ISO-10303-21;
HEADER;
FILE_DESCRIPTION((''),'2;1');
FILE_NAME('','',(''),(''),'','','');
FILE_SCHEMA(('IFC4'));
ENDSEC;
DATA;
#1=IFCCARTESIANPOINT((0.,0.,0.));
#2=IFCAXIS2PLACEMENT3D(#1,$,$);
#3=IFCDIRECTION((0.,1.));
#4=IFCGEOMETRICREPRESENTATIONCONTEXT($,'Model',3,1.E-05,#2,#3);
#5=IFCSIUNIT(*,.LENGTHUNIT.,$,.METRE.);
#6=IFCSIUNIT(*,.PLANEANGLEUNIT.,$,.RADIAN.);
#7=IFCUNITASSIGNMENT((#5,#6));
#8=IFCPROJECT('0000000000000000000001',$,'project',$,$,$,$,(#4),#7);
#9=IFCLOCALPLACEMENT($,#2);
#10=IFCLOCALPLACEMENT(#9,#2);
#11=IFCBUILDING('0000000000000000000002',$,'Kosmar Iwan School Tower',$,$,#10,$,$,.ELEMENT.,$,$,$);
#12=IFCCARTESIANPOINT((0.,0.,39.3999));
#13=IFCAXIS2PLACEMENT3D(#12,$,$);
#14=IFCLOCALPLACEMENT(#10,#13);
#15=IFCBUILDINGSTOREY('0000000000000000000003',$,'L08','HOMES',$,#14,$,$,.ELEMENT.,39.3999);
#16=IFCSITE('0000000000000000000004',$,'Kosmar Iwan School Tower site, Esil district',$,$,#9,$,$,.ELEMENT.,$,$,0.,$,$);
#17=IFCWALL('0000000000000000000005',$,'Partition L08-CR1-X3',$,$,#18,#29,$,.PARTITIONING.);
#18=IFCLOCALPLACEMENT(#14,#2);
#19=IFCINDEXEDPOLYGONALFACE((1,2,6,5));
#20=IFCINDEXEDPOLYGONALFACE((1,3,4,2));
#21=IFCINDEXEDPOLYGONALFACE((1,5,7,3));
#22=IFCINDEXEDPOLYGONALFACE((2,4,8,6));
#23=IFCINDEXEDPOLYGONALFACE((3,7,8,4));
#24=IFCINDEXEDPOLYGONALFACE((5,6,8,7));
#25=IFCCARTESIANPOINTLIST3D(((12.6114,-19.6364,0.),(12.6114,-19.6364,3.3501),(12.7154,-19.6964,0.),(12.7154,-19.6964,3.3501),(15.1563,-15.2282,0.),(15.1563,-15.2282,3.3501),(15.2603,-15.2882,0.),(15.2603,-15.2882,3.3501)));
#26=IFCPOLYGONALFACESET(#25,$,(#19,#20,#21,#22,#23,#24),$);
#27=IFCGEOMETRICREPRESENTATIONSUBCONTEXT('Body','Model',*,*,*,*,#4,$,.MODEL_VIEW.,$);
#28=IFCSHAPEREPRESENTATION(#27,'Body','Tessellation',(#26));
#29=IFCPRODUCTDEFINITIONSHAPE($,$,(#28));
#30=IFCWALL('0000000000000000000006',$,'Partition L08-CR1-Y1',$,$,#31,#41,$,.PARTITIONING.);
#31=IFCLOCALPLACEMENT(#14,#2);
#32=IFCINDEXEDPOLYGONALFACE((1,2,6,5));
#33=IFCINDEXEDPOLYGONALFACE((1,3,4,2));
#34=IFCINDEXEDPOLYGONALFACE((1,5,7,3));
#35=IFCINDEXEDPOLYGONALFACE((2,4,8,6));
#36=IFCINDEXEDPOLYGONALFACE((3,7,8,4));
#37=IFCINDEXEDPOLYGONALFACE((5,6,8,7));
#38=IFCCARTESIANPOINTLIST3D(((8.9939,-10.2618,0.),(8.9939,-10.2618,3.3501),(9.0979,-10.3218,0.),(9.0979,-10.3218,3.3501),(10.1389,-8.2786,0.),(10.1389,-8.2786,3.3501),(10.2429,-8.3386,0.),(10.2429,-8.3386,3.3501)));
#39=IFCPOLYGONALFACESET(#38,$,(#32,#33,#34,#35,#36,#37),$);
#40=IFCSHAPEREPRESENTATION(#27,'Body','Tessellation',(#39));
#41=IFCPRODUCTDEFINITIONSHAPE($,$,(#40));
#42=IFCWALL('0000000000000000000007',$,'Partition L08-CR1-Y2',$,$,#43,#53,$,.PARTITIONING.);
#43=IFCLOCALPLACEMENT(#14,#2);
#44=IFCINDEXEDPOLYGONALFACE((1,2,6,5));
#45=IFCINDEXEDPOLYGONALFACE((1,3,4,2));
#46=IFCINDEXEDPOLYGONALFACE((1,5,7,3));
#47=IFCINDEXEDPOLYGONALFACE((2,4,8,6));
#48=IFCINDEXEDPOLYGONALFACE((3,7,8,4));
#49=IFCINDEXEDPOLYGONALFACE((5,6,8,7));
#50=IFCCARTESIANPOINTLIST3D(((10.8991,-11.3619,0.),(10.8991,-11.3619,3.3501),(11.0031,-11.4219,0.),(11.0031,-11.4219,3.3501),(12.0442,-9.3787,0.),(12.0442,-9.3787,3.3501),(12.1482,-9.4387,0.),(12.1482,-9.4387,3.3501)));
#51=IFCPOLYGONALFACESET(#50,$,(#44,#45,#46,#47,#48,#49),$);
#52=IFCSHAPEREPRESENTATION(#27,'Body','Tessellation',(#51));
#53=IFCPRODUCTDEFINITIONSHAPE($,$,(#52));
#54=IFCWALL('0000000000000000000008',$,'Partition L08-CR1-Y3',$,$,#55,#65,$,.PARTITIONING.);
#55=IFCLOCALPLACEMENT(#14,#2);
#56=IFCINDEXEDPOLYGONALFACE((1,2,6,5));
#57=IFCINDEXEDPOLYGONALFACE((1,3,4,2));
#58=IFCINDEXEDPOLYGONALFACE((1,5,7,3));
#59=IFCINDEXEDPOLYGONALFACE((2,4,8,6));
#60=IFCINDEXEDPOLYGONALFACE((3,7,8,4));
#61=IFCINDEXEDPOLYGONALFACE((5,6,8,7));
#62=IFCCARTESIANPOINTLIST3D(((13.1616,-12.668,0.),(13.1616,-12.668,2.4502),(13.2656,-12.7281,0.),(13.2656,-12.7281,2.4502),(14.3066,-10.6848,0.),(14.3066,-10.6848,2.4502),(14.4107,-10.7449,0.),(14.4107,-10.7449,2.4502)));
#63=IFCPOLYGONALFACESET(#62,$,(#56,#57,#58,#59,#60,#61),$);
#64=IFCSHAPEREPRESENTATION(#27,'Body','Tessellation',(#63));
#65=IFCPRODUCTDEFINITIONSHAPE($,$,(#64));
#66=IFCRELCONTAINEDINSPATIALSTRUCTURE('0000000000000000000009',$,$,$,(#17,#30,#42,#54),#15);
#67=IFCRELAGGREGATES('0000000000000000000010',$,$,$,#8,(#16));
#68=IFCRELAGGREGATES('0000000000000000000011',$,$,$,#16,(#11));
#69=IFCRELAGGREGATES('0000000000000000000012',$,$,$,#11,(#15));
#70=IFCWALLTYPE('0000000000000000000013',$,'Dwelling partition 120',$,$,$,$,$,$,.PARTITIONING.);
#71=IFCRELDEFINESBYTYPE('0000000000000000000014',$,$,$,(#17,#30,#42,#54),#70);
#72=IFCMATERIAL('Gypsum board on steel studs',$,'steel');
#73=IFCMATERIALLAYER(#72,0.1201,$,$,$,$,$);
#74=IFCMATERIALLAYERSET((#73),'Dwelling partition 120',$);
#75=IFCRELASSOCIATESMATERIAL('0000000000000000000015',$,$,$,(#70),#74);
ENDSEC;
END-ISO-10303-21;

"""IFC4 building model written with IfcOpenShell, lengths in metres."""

from ifc_helpers import new_model, si_unit, direction, frame, frame_2d, origin, place, context, subcontext, project, spatial, rectangle, extrude, material, layer, layer_set, type_object, element, save


model = new_model("IFC4")

# Units and contexts
model_context = context("Model", 3, precision=1e-05, world=origin(), true_north=direction((0.0, 1.0)))
body_context = subcontext(model_context, "Body", "Model", "MODEL_VIEW")
ifc_project = project(units=[si_unit("LENGTHUNIT", "METRE"), si_unit("PLANEANGLEUNIT", "RADIAN")], contexts=[model_context])

# Site, building, storey
site_placement = place(None, origin())
site = spatial("IfcSite", under=ifc_project, at=site_placement, Name="Kosmar Iwan School Tower site, Esil district", CompositionType="ELEMENT", RefElevation=0.0)
building_placement = place(site_placement, origin())
building = spatial("IfcBuilding", under=site, at=building_placement, Name="Kosmar Iwan School Tower", CompositionType="ELEMENT")
storey_placement = place(building_placement, frame((0.0, 0.0, 39.3999)))
storey = spatial("IfcBuildingStorey", under=building, at=storey_placement, Name="L08", Description="HOMES", CompositionType="ELEMENT", Elevation=39.3999)

# Shared definitions
ifc_material_1 = material(Name="Gypsum board on steel studs", Category="steel")
ifc_layer_1 = layer(ifc_material_1, 0.1201)
ifc_layer_set_1 = layer_set([ifc_layer_1], Name="Dwelling partition 120")
wall_type_1 = type_object("IfcWallType", Name="Dwelling partition 120", PredefinedType="PARTITIONING", material=ifc_layer_set_1)

# Walls
wall_1_placement = place(storey_placement, frame((15.2083, -15.2583, 0.0), z_axis=(0.0, 0.0, 1.0), x_axis=(-0.499977, -0.866039, 0.0)))
element("IfcWall", 1, at=wall_1_placement, inside=storey, type_object=wall_type_1, Name="Partition L08-CR1-X3", PredefinedType="PARTITIONING", context=body_context, shape_type="SweptSolid", body=[
    extrude(rectangle(XDim=5.0901, YDim=0.1201, at=frame_2d((2.5449, 0.0))), origin(), (0.0, 0.0, 1.0), 3.3501),
])
for number, where, z_axis, x_axis, name in (
    (2, (10.1909, -8.3086, 0.0), (0.0, 0.0, 1.0), (-0.500015, -0.866017, 0.0), "Partition L08-CR1-Y1"),
    (3, (12.0962, -9.4087, 0.0), (0.0, 0.0, 1.0), (-0.500015, -0.866017, 0.0), "Partition L08-CR1-Y2"),
):
    element("IfcWall", number, at=place(storey_placement, frame(where, z_axis=z_axis, x_axis=x_axis)), inside=storey, type_object=wall_type_1, Name=name, PredefinedType="PARTITIONING", context=body_context, shape_type="SweptSolid", body=[
        extrude(rectangle(XDim=2.29, YDim=0.1201, at=frame_2d((1.145, 0.0))), origin(), (0.0, 0.0, 1.0), 3.3501),
    ])
wall_2_placement = place(storey_placement, frame((14.3586, -10.7148, 0.0), z_axis=(0.0, 0.0, 1.0), x_axis=(-0.500015, -0.866017, 0.0)))
element("IfcWall", 4, at=wall_2_placement, inside=storey, type_object=wall_type_1, Name="Partition L08-CR1-Y3", PredefinedType="PARTITIONING", context=body_context, shape_type="SweptSolid", body=[
    extrude(rectangle(XDim=2.29, YDim=0.1201, at=frame_2d((1.145, 0.0))), origin(), (0.0, 0.0, 1.0), 2.4502),
])

save(model, "model.ifc")
